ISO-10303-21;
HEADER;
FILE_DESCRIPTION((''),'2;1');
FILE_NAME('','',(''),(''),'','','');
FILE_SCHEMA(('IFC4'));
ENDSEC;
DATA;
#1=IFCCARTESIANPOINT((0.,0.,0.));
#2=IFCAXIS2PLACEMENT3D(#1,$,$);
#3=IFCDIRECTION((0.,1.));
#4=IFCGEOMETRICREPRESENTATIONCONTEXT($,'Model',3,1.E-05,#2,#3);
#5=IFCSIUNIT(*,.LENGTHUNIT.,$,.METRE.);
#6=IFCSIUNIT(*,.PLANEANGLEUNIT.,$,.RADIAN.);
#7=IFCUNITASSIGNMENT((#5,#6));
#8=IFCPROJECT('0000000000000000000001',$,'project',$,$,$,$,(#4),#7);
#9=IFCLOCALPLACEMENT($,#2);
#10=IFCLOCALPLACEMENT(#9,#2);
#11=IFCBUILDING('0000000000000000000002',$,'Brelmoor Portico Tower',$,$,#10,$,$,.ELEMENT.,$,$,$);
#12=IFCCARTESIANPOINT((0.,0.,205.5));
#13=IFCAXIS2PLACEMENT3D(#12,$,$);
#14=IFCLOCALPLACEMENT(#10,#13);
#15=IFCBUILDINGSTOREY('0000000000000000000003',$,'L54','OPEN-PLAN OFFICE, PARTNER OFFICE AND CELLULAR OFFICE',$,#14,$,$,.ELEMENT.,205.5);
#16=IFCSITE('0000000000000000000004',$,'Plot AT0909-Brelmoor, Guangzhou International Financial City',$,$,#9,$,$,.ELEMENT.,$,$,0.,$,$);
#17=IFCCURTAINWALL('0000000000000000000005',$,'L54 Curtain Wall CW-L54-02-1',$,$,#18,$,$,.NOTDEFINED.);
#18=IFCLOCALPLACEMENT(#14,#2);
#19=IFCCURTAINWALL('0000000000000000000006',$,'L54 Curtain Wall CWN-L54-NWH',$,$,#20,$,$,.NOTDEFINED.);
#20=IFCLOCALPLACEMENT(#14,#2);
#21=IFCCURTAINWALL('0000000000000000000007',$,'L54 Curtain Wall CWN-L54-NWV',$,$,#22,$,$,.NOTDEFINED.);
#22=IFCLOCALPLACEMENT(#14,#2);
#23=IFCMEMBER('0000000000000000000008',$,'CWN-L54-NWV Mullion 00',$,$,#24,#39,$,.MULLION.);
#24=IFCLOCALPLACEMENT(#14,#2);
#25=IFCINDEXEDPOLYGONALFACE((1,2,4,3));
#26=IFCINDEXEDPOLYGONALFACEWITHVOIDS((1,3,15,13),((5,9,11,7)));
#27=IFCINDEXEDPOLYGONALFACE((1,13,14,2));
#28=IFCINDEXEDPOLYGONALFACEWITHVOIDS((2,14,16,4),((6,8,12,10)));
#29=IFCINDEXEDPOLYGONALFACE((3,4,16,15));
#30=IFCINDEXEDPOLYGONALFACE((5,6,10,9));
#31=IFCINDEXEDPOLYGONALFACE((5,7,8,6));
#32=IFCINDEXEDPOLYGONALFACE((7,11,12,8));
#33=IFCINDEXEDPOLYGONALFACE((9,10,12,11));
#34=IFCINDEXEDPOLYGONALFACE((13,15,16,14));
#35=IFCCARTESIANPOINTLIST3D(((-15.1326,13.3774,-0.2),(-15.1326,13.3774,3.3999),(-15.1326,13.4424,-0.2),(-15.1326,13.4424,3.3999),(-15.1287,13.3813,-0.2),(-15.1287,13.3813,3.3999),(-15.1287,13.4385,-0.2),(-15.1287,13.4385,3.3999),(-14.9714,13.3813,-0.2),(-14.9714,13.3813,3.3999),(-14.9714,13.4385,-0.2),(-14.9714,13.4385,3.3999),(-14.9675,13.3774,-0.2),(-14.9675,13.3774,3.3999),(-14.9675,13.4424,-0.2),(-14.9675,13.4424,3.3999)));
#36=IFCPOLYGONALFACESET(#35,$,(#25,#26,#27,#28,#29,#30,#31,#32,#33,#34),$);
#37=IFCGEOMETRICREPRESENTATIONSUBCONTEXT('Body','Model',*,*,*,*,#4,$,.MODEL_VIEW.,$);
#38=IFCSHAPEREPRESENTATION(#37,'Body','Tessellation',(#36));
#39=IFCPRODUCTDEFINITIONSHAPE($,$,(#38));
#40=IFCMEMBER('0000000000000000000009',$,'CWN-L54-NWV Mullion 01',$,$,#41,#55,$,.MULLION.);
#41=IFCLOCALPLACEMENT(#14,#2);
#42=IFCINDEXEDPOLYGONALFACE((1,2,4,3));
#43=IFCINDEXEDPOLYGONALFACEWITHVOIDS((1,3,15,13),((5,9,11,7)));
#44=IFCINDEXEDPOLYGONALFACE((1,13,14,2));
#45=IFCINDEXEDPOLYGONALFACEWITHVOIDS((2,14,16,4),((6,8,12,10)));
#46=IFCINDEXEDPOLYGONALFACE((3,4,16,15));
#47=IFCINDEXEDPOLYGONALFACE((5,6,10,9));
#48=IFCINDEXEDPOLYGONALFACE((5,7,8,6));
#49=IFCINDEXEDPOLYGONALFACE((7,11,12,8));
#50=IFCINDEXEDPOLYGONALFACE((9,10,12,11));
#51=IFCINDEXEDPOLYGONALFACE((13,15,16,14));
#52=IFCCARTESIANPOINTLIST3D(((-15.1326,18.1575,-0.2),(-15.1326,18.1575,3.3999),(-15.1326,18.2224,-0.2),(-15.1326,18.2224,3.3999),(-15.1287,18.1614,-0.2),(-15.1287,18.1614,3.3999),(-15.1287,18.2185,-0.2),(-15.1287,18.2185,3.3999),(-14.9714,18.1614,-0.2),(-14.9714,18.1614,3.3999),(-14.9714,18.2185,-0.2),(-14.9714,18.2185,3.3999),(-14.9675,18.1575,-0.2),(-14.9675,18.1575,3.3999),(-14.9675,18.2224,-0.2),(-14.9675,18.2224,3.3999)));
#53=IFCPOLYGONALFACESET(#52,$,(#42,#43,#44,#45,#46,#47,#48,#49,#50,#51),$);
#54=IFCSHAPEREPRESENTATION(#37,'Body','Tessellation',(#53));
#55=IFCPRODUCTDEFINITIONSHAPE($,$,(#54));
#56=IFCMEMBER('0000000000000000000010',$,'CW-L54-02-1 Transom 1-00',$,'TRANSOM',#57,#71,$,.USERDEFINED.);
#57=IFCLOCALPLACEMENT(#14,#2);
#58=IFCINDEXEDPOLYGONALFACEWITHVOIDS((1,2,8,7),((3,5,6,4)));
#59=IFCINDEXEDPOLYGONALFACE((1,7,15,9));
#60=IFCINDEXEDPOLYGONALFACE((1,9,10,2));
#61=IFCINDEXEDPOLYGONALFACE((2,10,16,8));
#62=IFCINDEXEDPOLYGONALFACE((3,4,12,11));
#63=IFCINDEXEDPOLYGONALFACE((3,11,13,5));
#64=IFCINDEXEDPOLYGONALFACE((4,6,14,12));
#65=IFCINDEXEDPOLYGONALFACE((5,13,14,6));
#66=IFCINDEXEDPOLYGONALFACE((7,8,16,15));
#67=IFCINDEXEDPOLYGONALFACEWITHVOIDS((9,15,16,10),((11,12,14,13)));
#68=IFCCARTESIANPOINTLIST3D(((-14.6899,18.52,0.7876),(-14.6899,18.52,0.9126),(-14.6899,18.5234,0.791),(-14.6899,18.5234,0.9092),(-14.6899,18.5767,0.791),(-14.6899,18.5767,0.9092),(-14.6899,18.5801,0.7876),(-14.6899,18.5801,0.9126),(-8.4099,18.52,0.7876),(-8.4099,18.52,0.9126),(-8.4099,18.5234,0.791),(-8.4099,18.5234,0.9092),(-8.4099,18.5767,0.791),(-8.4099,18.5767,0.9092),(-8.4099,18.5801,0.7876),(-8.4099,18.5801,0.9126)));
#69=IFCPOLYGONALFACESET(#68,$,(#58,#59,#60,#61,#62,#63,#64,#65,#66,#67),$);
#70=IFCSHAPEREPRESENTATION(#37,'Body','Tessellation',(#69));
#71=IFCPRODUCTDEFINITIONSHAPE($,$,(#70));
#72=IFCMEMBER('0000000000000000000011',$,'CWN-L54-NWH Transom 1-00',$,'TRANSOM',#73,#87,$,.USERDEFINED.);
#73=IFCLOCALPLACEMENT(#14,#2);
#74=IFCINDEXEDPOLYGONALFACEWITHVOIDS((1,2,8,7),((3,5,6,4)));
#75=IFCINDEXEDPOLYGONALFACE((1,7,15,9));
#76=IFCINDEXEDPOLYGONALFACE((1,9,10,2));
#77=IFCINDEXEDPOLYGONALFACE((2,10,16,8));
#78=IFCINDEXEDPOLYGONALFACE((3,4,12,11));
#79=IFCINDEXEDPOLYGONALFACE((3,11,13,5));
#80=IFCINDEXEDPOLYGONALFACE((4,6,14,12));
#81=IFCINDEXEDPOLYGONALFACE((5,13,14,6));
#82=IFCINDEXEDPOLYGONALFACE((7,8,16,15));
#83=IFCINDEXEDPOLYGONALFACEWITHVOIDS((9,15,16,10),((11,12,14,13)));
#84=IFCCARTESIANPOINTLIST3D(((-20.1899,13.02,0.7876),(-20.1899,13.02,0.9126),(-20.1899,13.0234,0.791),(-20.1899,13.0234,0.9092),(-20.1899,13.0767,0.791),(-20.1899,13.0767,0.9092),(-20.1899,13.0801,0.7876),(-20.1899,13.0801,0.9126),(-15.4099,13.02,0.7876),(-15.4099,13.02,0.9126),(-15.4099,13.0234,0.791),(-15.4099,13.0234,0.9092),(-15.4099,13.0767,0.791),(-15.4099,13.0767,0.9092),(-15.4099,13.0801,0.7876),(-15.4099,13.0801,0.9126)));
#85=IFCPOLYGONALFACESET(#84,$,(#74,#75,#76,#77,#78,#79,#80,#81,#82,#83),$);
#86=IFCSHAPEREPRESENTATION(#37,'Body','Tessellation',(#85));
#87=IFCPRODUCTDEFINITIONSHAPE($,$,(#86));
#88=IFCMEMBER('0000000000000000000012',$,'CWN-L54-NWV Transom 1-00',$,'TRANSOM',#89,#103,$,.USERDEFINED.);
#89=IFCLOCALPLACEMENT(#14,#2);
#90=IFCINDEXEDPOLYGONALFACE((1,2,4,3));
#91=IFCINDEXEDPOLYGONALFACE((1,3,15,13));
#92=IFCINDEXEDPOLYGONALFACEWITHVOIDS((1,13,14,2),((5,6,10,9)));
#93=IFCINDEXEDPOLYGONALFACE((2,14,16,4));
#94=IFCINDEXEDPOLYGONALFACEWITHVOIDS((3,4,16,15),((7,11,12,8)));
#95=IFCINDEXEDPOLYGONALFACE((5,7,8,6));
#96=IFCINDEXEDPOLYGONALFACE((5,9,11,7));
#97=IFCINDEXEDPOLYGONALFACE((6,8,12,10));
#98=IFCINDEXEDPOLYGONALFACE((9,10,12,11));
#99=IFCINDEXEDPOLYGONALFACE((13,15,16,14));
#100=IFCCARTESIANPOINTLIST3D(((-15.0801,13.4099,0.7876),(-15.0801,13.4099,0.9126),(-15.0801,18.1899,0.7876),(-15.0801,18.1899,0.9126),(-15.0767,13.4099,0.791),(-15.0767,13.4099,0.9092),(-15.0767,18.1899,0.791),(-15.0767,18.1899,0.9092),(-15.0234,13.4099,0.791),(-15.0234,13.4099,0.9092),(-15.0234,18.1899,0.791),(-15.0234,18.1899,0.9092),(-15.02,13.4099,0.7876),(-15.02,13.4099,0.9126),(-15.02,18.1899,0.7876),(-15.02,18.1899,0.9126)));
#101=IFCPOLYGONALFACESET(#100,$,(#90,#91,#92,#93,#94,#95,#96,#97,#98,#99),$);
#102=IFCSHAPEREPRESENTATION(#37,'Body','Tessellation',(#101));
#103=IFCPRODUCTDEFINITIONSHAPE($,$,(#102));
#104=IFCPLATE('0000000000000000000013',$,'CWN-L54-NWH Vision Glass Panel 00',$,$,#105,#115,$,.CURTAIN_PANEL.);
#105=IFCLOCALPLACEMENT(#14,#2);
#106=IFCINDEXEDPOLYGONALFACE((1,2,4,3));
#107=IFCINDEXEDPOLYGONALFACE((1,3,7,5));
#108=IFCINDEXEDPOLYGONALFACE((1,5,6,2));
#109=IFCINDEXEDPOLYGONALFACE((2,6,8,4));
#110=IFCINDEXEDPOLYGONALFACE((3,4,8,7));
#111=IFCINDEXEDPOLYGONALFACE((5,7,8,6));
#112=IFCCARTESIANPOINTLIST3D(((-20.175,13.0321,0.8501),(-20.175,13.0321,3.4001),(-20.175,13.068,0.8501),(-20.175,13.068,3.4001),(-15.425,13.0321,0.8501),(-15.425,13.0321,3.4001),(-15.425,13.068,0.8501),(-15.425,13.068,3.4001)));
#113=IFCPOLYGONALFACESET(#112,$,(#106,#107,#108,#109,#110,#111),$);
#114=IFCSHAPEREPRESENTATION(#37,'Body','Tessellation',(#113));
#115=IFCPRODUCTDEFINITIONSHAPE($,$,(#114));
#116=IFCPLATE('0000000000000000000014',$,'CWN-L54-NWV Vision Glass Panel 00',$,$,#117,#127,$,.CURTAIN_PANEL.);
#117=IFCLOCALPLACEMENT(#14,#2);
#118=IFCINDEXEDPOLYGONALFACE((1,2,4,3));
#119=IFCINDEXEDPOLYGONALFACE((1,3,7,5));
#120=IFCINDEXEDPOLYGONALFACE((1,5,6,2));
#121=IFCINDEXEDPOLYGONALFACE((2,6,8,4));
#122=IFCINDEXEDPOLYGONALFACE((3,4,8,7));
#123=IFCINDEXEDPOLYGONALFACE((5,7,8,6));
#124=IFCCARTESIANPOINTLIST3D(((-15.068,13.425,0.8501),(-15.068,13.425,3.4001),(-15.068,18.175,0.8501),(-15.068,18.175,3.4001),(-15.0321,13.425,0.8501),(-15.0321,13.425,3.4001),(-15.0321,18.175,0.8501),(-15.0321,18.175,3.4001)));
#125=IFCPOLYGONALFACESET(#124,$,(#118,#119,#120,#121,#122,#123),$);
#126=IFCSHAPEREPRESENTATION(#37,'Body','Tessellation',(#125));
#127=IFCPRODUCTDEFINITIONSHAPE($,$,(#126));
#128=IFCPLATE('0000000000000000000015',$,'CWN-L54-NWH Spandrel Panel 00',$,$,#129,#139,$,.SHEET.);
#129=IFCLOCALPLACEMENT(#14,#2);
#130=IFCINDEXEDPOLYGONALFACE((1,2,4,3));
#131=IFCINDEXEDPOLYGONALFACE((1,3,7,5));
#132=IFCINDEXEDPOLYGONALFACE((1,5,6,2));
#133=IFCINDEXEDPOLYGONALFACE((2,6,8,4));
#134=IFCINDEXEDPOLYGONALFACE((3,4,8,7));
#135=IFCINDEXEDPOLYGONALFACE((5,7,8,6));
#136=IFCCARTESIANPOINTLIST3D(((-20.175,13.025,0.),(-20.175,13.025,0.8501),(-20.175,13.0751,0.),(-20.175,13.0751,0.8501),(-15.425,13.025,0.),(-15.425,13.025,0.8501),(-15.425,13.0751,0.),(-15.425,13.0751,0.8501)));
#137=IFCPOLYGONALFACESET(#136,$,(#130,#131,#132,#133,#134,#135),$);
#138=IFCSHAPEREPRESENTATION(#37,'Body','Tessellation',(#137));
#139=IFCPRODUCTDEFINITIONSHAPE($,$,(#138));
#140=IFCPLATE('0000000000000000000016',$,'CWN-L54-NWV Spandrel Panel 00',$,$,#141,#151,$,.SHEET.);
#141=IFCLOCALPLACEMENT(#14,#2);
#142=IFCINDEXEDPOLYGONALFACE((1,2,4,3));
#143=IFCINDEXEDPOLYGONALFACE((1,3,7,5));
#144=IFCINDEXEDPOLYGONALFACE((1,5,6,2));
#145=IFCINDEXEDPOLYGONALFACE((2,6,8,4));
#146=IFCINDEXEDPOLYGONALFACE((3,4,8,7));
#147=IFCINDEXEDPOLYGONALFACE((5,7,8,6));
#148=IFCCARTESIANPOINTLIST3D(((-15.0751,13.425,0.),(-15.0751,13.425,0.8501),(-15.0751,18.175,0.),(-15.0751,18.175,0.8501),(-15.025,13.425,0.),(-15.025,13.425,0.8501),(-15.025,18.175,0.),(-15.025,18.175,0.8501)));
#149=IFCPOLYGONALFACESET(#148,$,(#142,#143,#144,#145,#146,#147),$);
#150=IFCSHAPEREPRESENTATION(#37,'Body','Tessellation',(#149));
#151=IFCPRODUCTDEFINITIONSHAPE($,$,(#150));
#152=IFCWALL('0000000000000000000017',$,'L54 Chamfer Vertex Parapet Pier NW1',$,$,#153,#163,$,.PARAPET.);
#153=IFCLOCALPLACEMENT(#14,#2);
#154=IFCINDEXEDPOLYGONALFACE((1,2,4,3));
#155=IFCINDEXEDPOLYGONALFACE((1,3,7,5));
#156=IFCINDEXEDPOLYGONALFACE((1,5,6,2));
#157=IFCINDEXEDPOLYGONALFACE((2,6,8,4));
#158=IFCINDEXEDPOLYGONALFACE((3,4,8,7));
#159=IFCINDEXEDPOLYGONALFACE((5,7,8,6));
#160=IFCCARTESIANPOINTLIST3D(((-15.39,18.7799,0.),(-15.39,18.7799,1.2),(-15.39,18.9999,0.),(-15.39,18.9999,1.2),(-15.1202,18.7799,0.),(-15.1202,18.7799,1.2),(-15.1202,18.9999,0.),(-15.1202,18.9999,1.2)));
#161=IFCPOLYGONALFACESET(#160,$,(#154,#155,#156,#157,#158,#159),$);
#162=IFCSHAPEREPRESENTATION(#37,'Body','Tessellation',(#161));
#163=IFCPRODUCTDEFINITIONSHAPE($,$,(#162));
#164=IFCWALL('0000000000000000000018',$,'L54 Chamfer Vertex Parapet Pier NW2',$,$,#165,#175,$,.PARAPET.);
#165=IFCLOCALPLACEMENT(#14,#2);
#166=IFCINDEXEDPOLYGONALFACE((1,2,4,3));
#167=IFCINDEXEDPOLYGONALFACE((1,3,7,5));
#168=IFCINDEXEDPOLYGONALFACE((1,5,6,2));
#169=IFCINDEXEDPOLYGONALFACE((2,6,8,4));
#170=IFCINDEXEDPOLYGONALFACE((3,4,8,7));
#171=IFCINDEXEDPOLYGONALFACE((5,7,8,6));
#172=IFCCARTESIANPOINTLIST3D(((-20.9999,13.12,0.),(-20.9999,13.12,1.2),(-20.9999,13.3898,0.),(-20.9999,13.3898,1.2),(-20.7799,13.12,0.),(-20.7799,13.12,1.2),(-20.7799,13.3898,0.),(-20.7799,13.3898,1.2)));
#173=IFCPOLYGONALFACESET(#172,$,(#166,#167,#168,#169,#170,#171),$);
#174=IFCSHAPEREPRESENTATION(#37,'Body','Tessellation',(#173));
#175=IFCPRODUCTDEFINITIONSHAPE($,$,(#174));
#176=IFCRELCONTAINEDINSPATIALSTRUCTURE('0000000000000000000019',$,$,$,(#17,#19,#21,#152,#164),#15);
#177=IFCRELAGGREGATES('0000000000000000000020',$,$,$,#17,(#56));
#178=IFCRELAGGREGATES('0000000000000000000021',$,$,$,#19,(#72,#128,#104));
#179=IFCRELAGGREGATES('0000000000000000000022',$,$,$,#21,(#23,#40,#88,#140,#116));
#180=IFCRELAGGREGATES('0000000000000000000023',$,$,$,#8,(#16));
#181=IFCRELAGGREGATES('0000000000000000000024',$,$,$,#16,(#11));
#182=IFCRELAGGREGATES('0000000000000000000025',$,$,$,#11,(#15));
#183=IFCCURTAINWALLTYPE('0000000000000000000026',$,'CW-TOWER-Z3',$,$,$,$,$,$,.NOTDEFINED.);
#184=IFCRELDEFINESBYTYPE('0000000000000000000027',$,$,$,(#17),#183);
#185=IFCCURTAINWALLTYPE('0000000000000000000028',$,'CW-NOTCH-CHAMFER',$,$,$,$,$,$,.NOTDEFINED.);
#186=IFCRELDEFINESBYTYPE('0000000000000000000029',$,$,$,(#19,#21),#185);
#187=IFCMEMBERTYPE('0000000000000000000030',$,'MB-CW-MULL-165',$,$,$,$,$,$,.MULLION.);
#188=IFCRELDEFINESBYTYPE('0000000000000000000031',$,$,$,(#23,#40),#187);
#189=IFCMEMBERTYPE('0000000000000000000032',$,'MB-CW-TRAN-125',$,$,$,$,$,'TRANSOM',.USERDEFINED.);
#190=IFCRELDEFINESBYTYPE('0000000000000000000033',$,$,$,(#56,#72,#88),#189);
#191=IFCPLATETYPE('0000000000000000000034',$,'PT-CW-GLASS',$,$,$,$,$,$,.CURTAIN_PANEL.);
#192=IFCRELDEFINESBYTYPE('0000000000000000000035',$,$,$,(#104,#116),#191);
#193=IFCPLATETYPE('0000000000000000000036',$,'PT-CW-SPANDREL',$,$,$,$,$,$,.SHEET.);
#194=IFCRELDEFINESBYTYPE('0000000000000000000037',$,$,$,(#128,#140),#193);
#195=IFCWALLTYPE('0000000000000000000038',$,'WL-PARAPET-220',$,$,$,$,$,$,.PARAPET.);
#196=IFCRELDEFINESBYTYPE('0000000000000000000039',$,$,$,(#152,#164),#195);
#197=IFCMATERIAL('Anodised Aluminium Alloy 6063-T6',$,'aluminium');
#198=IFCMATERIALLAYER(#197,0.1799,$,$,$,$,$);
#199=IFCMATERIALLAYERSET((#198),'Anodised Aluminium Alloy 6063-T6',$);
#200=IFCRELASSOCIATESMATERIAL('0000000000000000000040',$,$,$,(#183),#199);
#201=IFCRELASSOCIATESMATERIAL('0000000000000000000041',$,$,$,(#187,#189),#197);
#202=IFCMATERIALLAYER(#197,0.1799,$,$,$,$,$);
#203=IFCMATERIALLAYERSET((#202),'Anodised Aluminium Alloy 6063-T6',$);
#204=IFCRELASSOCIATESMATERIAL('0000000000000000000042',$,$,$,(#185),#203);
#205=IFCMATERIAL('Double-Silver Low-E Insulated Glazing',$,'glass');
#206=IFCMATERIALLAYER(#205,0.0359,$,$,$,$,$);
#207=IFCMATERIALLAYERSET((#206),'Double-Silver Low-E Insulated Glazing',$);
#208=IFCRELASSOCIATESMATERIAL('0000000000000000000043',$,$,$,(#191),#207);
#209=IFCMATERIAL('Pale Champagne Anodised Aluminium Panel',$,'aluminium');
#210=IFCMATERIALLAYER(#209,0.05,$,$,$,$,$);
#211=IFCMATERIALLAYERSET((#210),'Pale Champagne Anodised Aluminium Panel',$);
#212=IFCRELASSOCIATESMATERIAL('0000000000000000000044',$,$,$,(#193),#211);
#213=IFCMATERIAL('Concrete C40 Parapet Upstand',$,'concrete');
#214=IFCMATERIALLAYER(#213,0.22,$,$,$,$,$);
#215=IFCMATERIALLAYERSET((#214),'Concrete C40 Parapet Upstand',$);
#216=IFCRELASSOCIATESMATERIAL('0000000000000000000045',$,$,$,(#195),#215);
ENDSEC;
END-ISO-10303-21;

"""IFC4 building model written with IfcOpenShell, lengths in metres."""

from ifc_helpers import new_model, si_unit, direction, frame, frame_2d, origin, origin_2d, place, context, subcontext, project, spatial, rectangle, hollow_rectangle, extrude, material, layer, layer_set, material_profile, profile_set, type_object, element, aggregate, save


model = new_model("IFC4")

# Units and contexts
model_context = context("Model", 3, precision=1e-05, world=origin(), true_north=direction((0.0, 1.0)))
body_context = subcontext(model_context, "Body", "Model", "MODEL_VIEW")
ifc_project = project(units=[si_unit("LENGTHUNIT", "METRE"), si_unit("PLANEANGLEUNIT", "RADIAN")], contexts=[model_context])

# Site, building, storey
site_placement = place(None, origin())
site = spatial("IfcSite", under=ifc_project, at=site_placement, Name="Plot AT0909-Brelmoor, Guangzhou International Financial City", CompositionType="ELEMENT", RefElevation=0.0)
building_placement = place(site_placement, origin())
building = spatial("IfcBuilding", under=site, at=building_placement, Name="Brelmoor Portico Tower", CompositionType="ELEMENT")
storey_placement = place(building_placement, frame((0.0, 0.0, 205.5)))
storey = spatial("IfcBuildingStorey", under=building, at=storey_placement, Name="L54", Description="OPEN-PLAN OFFICE, PARTNER OFFICE AND CELLULAR OFFICE", CompositionType="ELEMENT", Elevation=205.5)

# Curtain wall
ifc_material_1 = material(Name="Anodised Aluminium Alloy 6063-T6", Category="aluminium")
ifc_layer_1 = layer(ifc_material_1, 0.1799)
ifc_layer_set_1 = layer_set([ifc_layer_1], Name="Anodised Aluminium Alloy 6063-T6")
curtain_wall_type_1 = type_object("IfcCurtainWallType", Name="CW-TOWER-Z3", PredefinedType="NOTDEFINED", material=ifc_layer_set_1)
curtain_wall_1_placement = place(storey_placement, origin())
curtain_wall_1 = element("IfcCurtainWall", 1, at=curtain_wall_1_placement, inside=storey, type_object=curtain_wall_type_1, Name="L54 Curtain Wall CW-L54-02-1", PredefinedType="NOTDEFINED")
ifc_material_profile_1 = material_profile(ifc_material_1, hollow_rectangle(XDim=0.0649, YDim=0.165, WallThickness=0.0039, at=origin_2d()), Name="ALU MULLION 65x165")
ifc_profile_set_1 = profile_set([ifc_material_profile_1], Name="Anodised Aluminium Alloy 6063-T6")
member_type_1 = type_object("IfcMemberType", Name="MB-CW-MULL-165", PredefinedType="MULLION", material=ifc_profile_set_1)

# Curtain walls, members
ifc_layer_2 = layer(ifc_material_1, 0.1799)
ifc_layer_set_2 = layer_set([ifc_layer_2], Name="Anodised Aluminium Alloy 6063-T6")
curtain_wall_type_2 = type_object("IfcCurtainWallType", Name="CW-NOTCH-CHAMFER", PredefinedType="NOTDEFINED", material=ifc_layer_set_2)
curtain_wall_2_placement = place(storey_placement, origin())
curtain_wall_2 = element("IfcCurtainWall", 2, at=curtain_wall_2_placement, inside=storey, type_object=curtain_wall_type_2, Name="L54 Curtain Wall CWN-L54-NWH", PredefinedType="NOTDEFINED")
curtain_wall_3_placement = place(storey_placement, origin())
curtain_wall_3 = element("IfcCurtainWall", 3, at=curtain_wall_3_placement, inside=storey, type_object=curtain_wall_type_2, Name="L54 Curtain Wall CWN-L54-NWV", PredefinedType="NOTDEFINED")
member_1_placement = place(storey_placement, frame((-15.05, 13.4099, -0.2), z_axis=(0.0, 0.0, 1.0), x_axis=(0.0, 1.0, 0.0)))
member_1 = element("IfcMember", 4, at=member_1_placement, type_object=member_type_1, Name="CWN-L54-NWV Mullion 00", PredefinedType="MULLION", context=body_context, shape_type="SweptSolid", body=[
    extrude(hollow_rectangle(XDim=0.0649, YDim=0.165, WallThickness=0.0039, at=origin_2d()), origin(), (0.0, 0.0, 1.0), 3.5999),
])
member_2_placement = place(storey_placement, frame((-15.05, 18.1899, -0.2), z_axis=(0.0, 0.0, 1.0), x_axis=(0.0, 1.0, 0.0)))
member_2 = element("IfcMember", 5, at=member_2_placement, type_object=member_type_1, Name="CWN-L54-NWV Mullion 01", PredefinedType="MULLION", context=body_context, shape_type="SweptSolid", body=[
    extrude(hollow_rectangle(XDim=0.0649, YDim=0.165, WallThickness=0.0039, at=origin_2d()), origin(), (0.0, 0.0, 1.0), 3.5999),
])

# Members
ifc_material_profile_2 = material_profile(ifc_material_1, hollow_rectangle(XDim=0.0601, YDim=0.125, WallThickness=0.0034, at=origin_2d()), Name="ALU TRANSOM 60x125")
ifc_profile_set_2 = profile_set([ifc_material_profile_2], Name="Anodised Aluminium Alloy 6063-T6")
member_type_2 = type_object("IfcMemberType", Name="MB-CW-TRAN-125", ElementType="TRANSOM", PredefinedType="USERDEFINED", material=ifc_profile_set_2)
member_3_placement = place(storey_placement, frame((-14.6899, 18.55, 0.8501), z_axis=(1.0, 0.0, 0.0), x_axis=(0.0, 1.0, 0.0)))
member_3 = element("IfcMember", 6, at=member_3_placement, type_object=member_type_2, Name="CW-L54-02-1 Transom 1-00", ObjectType="TRANSOM", PredefinedType="USERDEFINED", context=body_context, shape_type="SweptSolid", body=[
    extrude(hollow_rectangle(XDim=0.0601, YDim=0.125, WallThickness=0.0034, at=origin_2d()), origin(), (0.0, 0.0, 1.0), 6.28),
])
aggregate(curtain_wall_1, [member_3])
member_4_placement = place(storey_placement, frame((-20.1899, 13.05, 0.8501), z_axis=(1.0, 0.0, 0.0), x_axis=(0.0, 1.0, 0.0)))
member_4 = element("IfcMember", 7, at=member_4_placement, type_object=member_type_2, Name="CWN-L54-NWH Transom 1-00", ObjectType="TRANSOM", PredefinedType="USERDEFINED", context=body_context, shape_type="SweptSolid", body=[
    extrude(hollow_rectangle(XDim=0.0601, YDim=0.125, WallThickness=0.0034, at=origin_2d()), origin(), (0.0, 0.0, 1.0), 4.78),
])
member_5_placement = place(storey_placement, frame((-15.05, 13.4099, 0.8501), z_axis=(0.0, 1.0, 0.0), x_axis=(-1.0, 0.0, 0.0)))
member_5 = element("IfcMember", 8, at=member_5_placement, type_object=member_type_2, Name="CWN-L54-NWV Transom 1-00", ObjectType="TRANSOM", PredefinedType="USERDEFINED", context=body_context, shape_type="SweptSolid", body=[
    extrude(hollow_rectangle(XDim=0.0601, YDim=0.125, WallThickness=0.0034, at=origin_2d()), origin(), (0.0, 0.0, 1.0), 4.78),
])

# Plates
ifc_material_2 = material(Name="Double-Silver Low-E Insulated Glazing", Category="glass")
ifc_layer_3 = layer(ifc_material_2, 0.0359)
ifc_layer_set_3 = layer_set([ifc_layer_3], Name="Double-Silver Low-E Insulated Glazing")
plate_type_1 = type_object("IfcPlateType", Name="PT-CW-GLASS", PredefinedType="CURTAIN_PANEL", material=ifc_layer_set_3)
plate_1_placement = place(storey_placement, frame((-17.8, 13.05, 0.8501), z_axis=(0.0, 0.0, 1.0), x_axis=(1.0, 0.0, 0.0)))
plate_1 = element("IfcPlate", 9, at=plate_1_placement, type_object=plate_type_1, Name="CWN-L54-NWH Vision Glass Panel 00", PredefinedType="CURTAIN_PANEL", context=body_context, shape_type="SweptSolid", body=[
    extrude(rectangle(XDim=4.75, YDim=0.0359, at=origin_2d()), origin(), (0.0, 0.0, 1.0), 2.55),
])
plate_2_placement = place(storey_placement, frame((-15.05, 15.8, 0.8501), z_axis=(0.0, 0.0, 1.0), x_axis=(0.0, 1.0, 0.0)))
plate_2 = element("IfcPlate", 10, at=plate_2_placement, type_object=plate_type_1, Name="CWN-L54-NWV Vision Glass Panel 00", PredefinedType="CURTAIN_PANEL", context=body_context, shape_type="SweptSolid", body=[
    extrude(rectangle(XDim=4.75, YDim=0.0359, at=origin_2d()), origin(), (0.0, 0.0, 1.0), 2.55),
])
ifc_material_3 = material(Name="Pale Champagne Anodised Aluminium Panel", Category="aluminium")
ifc_layer_4 = layer(ifc_material_3, 0.05)
ifc_layer_set_4 = layer_set([ifc_layer_4], Name="Pale Champagne Anodised Aluminium Panel")
plate_type_2 = type_object("IfcPlateType", Name="PT-CW-SPANDREL", PredefinedType="SHEET", material=ifc_layer_set_4)
plate_3_placement = place(storey_placement, frame((-17.8, 13.05, 0.0), z_axis=(0.0, 0.0, 1.0), x_axis=(1.0, 0.0, 0.0)))
plate_3 = element("IfcPlate", 11, at=plate_3_placement, type_object=plate_type_2, Name="CWN-L54-NWH Spandrel Panel 00", PredefinedType="SHEET", context=body_context, shape_type="SweptSolid", body=[
    extrude(rectangle(XDim=4.75, YDim=0.05, at=origin_2d()), origin(), (0.0, 0.0, 1.0), 0.8501),
])
aggregate(curtain_wall_2, [member_4, plate_3, plate_1])
plate_4_placement = place(storey_placement, frame((-15.05, 15.8, 0.0), z_axis=(0.0, 0.0, 1.0), x_axis=(0.0, 1.0, 0.0)))
plate_4 = element("IfcPlate", 12, at=plate_4_placement, type_object=plate_type_2, Name="CWN-L54-NWV Spandrel Panel 00", PredefinedType="SHEET", context=body_context, shape_type="SweptSolid", body=[
    extrude(rectangle(XDim=4.75, YDim=0.05, at=origin_2d()), origin(), (0.0, 0.0, 1.0), 0.8501),
])
aggregate(curtain_wall_3, [member_1, member_2, member_5, plate_4, plate_2])

# Walls
ifc_material_4 = material(Name="Concrete C40 Parapet Upstand", Category="concrete")
ifc_layer_5 = layer(ifc_material_4, 0.22)
ifc_layer_set_5 = layer_set([ifc_layer_5], Name="Concrete C40 Parapet Upstand")
wall_type = type_object("IfcWallType", Name="WL-PARAPET-220", PredefinedType="PARAPET", material=ifc_layer_set_5)
for number, where, z_axis, x_axis, name in (
    (13, (-15.3899, 18.8899, 0.0), (0.0, 0.0, 1.0), (1.0, 0.0, 0.0), "L54 Chamfer Vertex Parapet Pier NW1"),
    (14, (-20.8899, 13.1201, 0.0), (0.0, 0.0, 1.0), (0.0, 1.0, 0.0), "L54 Chamfer Vertex Parapet Pier NW2"),
):
    element("IfcWall", number, at=place(storey_placement, frame(where, z_axis=z_axis, x_axis=x_axis)), inside=storey, type_object=wall_type, Name=name, PredefinedType="PARAPET", context=body_context, shape_type="SweptSolid", body=[
        extrude(rectangle(XDim=0.2698, YDim=0.22, at=frame_2d((0.1348, 0.0))), origin(), (0.0, 0.0, 1.0), 1.2),
    ])

save(model, "model.ifc")
